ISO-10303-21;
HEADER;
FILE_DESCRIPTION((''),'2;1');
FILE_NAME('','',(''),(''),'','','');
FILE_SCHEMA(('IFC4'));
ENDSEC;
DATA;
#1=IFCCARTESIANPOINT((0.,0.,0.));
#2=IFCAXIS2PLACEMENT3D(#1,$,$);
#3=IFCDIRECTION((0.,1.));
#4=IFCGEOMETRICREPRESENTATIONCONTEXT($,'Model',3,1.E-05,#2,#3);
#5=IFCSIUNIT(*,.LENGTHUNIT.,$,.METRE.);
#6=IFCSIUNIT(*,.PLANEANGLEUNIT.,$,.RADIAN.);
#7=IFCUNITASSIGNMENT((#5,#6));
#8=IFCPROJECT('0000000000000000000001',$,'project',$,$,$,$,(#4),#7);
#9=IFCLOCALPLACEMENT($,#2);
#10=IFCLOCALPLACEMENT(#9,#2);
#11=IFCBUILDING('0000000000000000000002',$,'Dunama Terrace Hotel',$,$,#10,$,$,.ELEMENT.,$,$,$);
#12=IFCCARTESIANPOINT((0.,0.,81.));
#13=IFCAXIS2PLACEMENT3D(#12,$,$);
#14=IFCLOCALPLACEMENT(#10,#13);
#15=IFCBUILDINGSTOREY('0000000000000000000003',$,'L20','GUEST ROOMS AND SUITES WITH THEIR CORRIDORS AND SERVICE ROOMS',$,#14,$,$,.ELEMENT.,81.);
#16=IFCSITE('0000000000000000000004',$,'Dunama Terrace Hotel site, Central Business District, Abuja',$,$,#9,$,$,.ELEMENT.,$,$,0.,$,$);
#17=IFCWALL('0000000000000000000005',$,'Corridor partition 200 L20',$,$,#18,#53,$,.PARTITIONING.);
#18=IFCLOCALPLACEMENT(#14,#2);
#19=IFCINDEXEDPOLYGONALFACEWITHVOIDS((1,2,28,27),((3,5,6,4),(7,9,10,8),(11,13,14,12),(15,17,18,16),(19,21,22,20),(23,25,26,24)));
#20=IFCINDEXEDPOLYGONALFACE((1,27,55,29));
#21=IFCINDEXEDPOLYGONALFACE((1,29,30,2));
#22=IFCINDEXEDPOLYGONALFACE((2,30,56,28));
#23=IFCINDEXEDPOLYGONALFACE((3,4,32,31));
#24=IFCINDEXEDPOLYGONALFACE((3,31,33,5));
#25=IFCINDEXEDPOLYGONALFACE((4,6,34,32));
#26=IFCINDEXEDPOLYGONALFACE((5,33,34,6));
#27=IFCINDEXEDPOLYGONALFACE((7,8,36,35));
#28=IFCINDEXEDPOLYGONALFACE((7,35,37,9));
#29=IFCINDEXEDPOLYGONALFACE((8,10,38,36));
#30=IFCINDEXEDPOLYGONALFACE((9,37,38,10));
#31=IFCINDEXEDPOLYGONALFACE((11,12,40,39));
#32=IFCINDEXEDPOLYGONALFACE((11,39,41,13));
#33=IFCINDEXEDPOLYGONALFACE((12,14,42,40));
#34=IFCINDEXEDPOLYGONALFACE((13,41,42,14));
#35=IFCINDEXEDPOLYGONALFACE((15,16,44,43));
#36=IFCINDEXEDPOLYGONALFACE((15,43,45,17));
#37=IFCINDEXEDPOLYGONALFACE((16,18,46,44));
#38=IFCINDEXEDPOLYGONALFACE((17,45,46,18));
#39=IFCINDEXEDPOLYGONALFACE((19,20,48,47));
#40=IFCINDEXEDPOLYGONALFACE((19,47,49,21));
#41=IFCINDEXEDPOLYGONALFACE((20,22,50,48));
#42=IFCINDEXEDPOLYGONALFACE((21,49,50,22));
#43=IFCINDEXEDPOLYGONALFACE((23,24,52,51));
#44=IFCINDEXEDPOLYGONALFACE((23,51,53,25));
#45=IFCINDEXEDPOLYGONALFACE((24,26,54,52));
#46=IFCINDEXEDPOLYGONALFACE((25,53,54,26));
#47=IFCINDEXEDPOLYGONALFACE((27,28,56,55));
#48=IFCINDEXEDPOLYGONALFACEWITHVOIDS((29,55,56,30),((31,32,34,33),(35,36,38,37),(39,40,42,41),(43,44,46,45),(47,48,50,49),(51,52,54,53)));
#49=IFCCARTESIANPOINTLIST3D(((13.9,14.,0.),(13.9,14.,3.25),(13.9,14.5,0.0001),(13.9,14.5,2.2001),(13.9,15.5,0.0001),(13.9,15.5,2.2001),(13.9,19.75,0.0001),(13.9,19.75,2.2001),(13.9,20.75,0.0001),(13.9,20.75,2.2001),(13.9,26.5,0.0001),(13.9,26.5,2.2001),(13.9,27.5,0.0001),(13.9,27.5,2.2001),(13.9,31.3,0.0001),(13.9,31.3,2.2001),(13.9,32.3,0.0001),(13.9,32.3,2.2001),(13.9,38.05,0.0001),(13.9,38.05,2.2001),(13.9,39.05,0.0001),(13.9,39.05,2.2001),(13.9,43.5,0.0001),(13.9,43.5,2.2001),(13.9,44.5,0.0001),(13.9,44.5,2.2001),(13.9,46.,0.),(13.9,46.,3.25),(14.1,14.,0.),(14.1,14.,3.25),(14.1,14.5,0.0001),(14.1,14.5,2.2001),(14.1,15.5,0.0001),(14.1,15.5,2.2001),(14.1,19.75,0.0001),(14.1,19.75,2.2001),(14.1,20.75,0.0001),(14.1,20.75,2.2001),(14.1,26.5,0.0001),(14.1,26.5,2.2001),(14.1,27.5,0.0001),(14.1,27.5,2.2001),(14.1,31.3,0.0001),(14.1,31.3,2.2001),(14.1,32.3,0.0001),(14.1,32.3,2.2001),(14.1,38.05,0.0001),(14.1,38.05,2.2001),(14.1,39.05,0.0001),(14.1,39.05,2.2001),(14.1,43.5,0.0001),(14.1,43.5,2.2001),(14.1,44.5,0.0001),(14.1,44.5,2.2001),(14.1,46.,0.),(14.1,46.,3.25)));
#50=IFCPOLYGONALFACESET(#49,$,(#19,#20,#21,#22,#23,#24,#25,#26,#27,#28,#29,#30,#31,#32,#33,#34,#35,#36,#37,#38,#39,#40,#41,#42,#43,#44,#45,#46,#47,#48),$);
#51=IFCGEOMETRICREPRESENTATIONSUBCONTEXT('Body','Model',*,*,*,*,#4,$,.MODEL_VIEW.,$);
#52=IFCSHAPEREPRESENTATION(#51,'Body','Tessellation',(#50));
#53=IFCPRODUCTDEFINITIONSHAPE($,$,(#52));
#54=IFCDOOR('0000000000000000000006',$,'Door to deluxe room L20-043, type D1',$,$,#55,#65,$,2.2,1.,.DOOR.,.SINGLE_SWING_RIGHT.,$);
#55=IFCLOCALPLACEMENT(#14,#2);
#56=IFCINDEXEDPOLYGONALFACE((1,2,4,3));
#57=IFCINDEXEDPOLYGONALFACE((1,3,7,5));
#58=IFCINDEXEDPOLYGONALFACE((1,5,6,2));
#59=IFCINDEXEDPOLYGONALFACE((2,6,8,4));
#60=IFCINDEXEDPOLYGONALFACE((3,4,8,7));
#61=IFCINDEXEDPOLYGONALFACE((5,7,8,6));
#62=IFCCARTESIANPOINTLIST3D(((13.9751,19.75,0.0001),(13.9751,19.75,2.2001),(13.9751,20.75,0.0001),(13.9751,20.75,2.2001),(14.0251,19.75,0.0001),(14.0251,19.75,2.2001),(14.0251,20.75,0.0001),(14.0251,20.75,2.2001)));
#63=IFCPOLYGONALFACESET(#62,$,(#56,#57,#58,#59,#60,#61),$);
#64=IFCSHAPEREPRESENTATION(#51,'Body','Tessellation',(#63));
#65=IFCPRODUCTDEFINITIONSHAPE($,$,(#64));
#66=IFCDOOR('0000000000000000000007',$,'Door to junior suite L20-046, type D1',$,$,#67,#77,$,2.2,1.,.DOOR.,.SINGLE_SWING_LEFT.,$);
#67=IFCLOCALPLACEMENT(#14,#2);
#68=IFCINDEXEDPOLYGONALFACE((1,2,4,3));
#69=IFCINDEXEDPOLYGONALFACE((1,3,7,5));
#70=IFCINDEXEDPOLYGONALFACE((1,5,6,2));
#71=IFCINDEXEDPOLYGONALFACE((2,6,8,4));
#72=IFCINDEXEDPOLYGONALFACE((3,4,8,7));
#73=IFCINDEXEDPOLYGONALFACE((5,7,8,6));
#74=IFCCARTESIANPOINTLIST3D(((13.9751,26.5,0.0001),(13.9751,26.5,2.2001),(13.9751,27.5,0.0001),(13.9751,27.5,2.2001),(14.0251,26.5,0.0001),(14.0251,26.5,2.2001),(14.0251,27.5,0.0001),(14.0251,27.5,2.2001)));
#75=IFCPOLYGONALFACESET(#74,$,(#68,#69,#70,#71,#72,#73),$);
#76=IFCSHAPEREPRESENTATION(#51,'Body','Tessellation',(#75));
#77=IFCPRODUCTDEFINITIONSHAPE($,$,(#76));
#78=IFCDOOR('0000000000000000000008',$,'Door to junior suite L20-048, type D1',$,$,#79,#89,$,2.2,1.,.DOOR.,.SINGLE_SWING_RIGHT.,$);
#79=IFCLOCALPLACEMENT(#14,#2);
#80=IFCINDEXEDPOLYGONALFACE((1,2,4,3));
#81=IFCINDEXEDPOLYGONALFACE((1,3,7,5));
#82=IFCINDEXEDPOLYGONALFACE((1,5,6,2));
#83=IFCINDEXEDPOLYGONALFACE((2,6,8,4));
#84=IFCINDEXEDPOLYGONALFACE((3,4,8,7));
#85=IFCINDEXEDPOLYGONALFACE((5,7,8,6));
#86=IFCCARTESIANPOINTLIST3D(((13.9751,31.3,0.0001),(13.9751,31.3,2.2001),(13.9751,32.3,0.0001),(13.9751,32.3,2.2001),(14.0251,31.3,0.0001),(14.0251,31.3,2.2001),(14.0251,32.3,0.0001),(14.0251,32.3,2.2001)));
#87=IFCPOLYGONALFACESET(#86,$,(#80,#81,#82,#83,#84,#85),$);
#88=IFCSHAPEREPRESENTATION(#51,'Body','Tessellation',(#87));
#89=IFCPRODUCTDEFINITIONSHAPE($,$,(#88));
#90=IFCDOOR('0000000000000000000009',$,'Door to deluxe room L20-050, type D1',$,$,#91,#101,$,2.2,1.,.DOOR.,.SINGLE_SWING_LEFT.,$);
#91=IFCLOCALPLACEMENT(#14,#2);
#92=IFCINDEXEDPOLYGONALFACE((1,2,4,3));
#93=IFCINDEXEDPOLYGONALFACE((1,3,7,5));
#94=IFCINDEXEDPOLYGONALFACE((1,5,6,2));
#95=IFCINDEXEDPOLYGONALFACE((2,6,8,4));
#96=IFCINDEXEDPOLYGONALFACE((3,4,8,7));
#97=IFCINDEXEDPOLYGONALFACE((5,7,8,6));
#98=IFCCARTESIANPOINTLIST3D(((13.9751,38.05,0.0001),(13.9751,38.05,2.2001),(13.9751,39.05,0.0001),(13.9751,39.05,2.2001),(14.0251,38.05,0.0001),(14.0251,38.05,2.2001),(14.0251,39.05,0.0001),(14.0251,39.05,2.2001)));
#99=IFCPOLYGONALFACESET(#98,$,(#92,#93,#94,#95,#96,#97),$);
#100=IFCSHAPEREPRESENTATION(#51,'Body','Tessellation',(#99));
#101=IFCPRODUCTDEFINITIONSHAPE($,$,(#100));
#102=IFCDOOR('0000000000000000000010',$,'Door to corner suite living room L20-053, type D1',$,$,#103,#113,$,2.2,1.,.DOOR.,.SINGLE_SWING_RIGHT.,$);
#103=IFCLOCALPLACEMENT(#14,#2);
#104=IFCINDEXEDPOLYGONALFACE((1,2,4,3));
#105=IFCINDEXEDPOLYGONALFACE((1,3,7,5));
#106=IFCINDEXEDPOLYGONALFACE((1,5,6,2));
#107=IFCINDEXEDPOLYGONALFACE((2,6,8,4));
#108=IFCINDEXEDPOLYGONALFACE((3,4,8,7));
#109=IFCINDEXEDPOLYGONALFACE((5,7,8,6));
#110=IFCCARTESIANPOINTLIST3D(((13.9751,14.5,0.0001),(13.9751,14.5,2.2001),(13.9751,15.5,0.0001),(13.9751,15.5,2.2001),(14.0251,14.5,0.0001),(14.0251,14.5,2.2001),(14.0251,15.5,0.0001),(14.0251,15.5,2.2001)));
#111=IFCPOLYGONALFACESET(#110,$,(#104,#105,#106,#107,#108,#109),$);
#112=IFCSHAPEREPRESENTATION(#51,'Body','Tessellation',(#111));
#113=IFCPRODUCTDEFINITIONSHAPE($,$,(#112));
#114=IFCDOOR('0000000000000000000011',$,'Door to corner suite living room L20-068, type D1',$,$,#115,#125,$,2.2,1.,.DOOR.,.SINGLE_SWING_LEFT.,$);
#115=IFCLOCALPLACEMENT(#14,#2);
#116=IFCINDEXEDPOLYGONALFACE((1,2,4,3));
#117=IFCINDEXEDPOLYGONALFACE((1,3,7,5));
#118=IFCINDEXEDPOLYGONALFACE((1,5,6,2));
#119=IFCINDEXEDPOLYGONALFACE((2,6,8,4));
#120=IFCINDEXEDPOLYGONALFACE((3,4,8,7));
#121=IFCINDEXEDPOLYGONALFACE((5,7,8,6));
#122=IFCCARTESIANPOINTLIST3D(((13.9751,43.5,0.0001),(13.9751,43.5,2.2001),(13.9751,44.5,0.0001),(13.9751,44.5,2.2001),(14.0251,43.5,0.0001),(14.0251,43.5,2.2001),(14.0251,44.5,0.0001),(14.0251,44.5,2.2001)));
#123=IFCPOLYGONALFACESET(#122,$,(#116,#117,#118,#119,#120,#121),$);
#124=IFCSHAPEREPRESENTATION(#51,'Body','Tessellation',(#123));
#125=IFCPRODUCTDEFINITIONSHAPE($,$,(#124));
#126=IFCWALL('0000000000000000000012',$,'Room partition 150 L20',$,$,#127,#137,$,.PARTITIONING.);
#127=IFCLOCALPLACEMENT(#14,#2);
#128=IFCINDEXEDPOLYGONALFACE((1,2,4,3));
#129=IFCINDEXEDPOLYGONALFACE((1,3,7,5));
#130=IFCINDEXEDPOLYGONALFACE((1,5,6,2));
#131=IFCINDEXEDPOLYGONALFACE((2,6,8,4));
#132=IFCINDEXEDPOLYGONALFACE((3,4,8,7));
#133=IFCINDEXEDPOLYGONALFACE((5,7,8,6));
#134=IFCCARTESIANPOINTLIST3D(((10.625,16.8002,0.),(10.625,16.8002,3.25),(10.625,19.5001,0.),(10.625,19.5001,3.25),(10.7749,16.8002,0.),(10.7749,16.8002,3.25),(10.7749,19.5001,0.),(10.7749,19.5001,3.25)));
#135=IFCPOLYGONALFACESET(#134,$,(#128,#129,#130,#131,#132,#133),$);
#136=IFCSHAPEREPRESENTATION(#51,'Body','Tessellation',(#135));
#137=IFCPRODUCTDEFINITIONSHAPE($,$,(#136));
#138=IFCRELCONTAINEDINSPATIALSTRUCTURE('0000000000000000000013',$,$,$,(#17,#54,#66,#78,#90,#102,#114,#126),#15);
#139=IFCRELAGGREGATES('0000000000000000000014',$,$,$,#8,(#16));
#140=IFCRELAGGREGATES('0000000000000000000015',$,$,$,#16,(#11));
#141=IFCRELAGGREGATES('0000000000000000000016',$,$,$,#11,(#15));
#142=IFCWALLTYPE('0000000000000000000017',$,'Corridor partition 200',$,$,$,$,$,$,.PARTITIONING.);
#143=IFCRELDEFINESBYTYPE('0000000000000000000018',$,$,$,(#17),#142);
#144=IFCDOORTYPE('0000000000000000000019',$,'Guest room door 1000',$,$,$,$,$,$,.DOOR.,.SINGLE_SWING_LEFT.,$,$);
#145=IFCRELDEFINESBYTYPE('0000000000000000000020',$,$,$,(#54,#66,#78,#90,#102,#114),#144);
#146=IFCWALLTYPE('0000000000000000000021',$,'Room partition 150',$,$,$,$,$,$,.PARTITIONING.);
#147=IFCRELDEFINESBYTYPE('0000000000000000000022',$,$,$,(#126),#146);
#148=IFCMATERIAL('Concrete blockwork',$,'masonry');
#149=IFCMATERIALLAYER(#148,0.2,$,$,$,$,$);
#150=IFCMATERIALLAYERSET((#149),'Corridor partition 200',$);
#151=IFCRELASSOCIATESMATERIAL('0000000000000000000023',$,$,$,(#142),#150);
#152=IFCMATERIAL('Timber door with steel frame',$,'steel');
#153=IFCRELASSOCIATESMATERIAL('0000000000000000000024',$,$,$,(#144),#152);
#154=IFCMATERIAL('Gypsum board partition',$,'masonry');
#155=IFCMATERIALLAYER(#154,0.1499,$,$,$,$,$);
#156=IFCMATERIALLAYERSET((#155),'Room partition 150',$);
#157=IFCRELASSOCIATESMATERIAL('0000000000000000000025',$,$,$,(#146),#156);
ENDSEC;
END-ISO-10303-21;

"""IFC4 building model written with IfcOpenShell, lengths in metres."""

from ifc_helpers import new_model, si_unit, direction, frame, frame_2d, origin, place, context, subcontext, project, spatial, rectangle, extrude, material, layer, layer_set, type_object, element, fill, save


model = new_model("IFC4")

# Units and contexts
model_context = context("Model", 3, precision=1e-05, world=origin(), true_north=direction((0.0, 1.0)))
body_context = subcontext(model_context, "Body", "Model", "MODEL_VIEW")
ifc_project = project(units=[si_unit("LENGTHUNIT", "METRE"), si_unit("PLANEANGLEUNIT", "RADIAN")], contexts=[model_context])

# Site, building, storey
site_placement = place(None, origin())
site = spatial("IfcSite", under=ifc_project, at=site_placement, Name="Dunama Terrace Hotel site, Central Business District, Abuja", CompositionType="ELEMENT", RefElevation=0.0)
building_placement = place(site_placement, origin())
building = spatial("IfcBuilding", under=site, at=building_placement, Name="Dunama Terrace Hotel", CompositionType="ELEMENT")
storey_placement = place(building_placement, frame((0.0, 0.0, 81.0)))
storey = spatial("IfcBuildingStorey", under=building, at=storey_placement, Name="L20", Description="GUEST ROOMS AND SUITES WITH THEIR CORRIDORS AND SERVICE ROOMS", CompositionType="ELEMENT", Elevation=81.0)

# Wall, openings, doors
ifc_material_1 = material(Name="Concrete blockwork", Category="masonry")
ifc_layer_1 = layer(ifc_material_1, 0.2)
ifc_layer_set_1 = layer_set([ifc_layer_1], Name="Corridor partition 200")
wall_type_1 = type_object("IfcWallType", Name="Corridor partition 200", PredefinedType="PARTITIONING", material=ifc_layer_set_1)
wall_1_placement = place(storey_placement, frame((14.0, 14.0, 0.0), z_axis=(0.0, 0.0, 1.0), x_axis=(0.0, 1.0, 0.0)))
wall_1 = element("IfcWall", 1, at=wall_1_placement, inside=storey, type_object=wall_type_1, Name="Corridor partition 200 L20", PredefinedType="PARTITIONING", context=body_context, shape_type="SweptSolid", body=[
    extrude(rectangle(XDim=32.0, YDim=0.2, at=frame_2d((16.0, 0.0))), origin(), (0.0, 0.0, 1.0), 3.25),
])
opening_1_placement = place(wall_1_placement, frame((5.75, 0.0, 0.0)))
opening_1 = element("IfcOpeningElement", 2, at=opening_1_placement, cuts=wall_1, PredefinedType="OPENING", context=body_context, shape_type="SweptSolid", body=[
    extrude(rectangle(XDim=1.0, YDim=2.2, at=frame_2d((0.5, 1.1001))), frame((0.0, 0.1099, 0.0), z_axis=(0.0, -1.0, 0.0), x_axis=(1.0, 0.0, 0.0)), (0.0, 0.0, 1.0), 0.22),
])
opening_2_placement = place(wall_1_placement, frame((12.5, 0.0, 0.0)))
opening_2 = element("IfcOpeningElement", 3, at=opening_2_placement, cuts=wall_1, PredefinedType="OPENING", context=body_context, shape_type="SweptSolid", body=[
    extrude(rectangle(XDim=1.0, YDim=2.2, at=frame_2d((0.5, 1.1001))), frame((0.0, 0.1099, 0.0), z_axis=(0.0, -1.0, 0.0), x_axis=(1.0, 0.0, 0.0)), (0.0, 0.0, 1.0), 0.22),
])
opening_3_placement = place(wall_1_placement, frame((17.3, 0.0, 0.0)))
opening_3 = element("IfcOpeningElement", 4, at=opening_3_placement, cuts=wall_1, PredefinedType="OPENING", context=body_context, shape_type="SweptSolid", body=[
    extrude(rectangle(XDim=1.0, YDim=2.2, at=frame_2d((0.5, 1.1001))), frame((0.0, 0.1099, 0.0), z_axis=(0.0, -1.0, 0.0), x_axis=(1.0, 0.0, 0.0)), (0.0, 0.0, 1.0), 0.22),
])
opening_4_placement = place(wall_1_placement, frame((24.05, 0.0, 0.0)))
opening_4 = element("IfcOpeningElement", 5, at=opening_4_placement, cuts=wall_1, PredefinedType="OPENING", context=body_context, shape_type="SweptSolid", body=[
    extrude(rectangle(XDim=1.0, YDim=2.2, at=frame_2d((0.5, 1.1001))), frame((0.0, 0.1099, 0.0), z_axis=(0.0, -1.0, 0.0), x_axis=(1.0, 0.0, 0.0)), (0.0, 0.0, 1.0), 0.22),
])
opening_5_placement = place(wall_1_placement, frame((0.5, 0.0, 0.0)))
opening_5 = element("IfcOpeningElement", 6, at=opening_5_placement, cuts=wall_1, PredefinedType="OPENING", context=body_context, shape_type="SweptSolid", body=[
    extrude(rectangle(XDim=1.0, YDim=2.2, at=frame_2d((0.5, 1.1001))), frame((0.0, 0.1099, 0.0), z_axis=(0.0, -1.0, 0.0), x_axis=(1.0, 0.0, 0.0)), (0.0, 0.0, 1.0), 0.22),
])
opening_6_placement = place(wall_1_placement, frame((29.5, 0.0, 0.0)))
opening_6 = element("IfcOpeningElement", 7, at=opening_6_placement, cuts=wall_1, PredefinedType="OPENING", context=body_context, shape_type="SweptSolid", body=[
    extrude(rectangle(XDim=1.0, YDim=2.2, at=frame_2d((0.5, 1.1001))), frame((0.0, 0.1099, 0.0), z_axis=(0.0, -1.0, 0.0), x_axis=(1.0, 0.0, 0.0)), (0.0, 0.0, 1.0), 0.22),
])
ifc_material_2 = material(Name="Timber door with steel frame", Category="steel")
door_type_1 = type_object("IfcDoorType", Name="Guest room door 1000", OperationType="SINGLE_SWING_LEFT", PredefinedType="DOOR", material=ifc_material_2)
door_1_placement = place(opening_1_placement, origin())
door_1 = element("IfcDoor", 8, at=door_1_placement, inside=storey, type_object=door_type_1, Name="Door to deluxe room L20-043, type D1", OperationType="SINGLE_SWING_RIGHT", OverallHeight=2.2, OverallWidth=1.0, PredefinedType="DOOR", context=body_context, shape_type="SweptSolid", body=[
    extrude(rectangle(XDim=1.0, YDim=2.2, at=frame_2d((0.5, 1.1001))), frame((0.0, 0.0249, 0.0), z_axis=(0.0, -1.0, 0.0), x_axis=(1.0, 0.0, 0.0)), (0.0, 0.0, 1.0), 0.05),
])
fill(opening_1, door_1)
door_2_placement = place(opening_2_placement, origin())
door_2 = element("IfcDoor", 9, at=door_2_placement, inside=storey, type_object=door_type_1, Name="Door to junior suite L20-046, type D1", OperationType="SINGLE_SWING_LEFT", OverallHeight=2.2, OverallWidth=1.0, PredefinedType="DOOR", context=body_context, shape_type="SweptSolid", body=[
    extrude(rectangle(XDim=1.0, YDim=2.2, at=frame_2d((0.5, 1.1001))), frame((0.0, 0.0249, 0.0), z_axis=(0.0, -1.0, 0.0), x_axis=(1.0, 0.0, 0.0)), (0.0, 0.0, 1.0), 0.05),
])
fill(opening_2, door_2)
door_3_placement = place(opening_3_placement, origin())
door_3 = element("IfcDoor", 10, at=door_3_placement, inside=storey, type_object=door_type_1, Name="Door to junior suite L20-048, type D1", OperationType="SINGLE_SWING_RIGHT", OverallHeight=2.2, OverallWidth=1.0, PredefinedType="DOOR", context=body_context, shape_type="SweptSolid", body=[
    extrude(rectangle(XDim=1.0, YDim=2.2, at=frame_2d((0.5, 1.1001))), frame((0.0, 0.0249, 0.0), z_axis=(0.0, -1.0, 0.0), x_axis=(1.0, 0.0, 0.0)), (0.0, 0.0, 1.0), 0.05),
])
fill(opening_3, door_3)
door_4_placement = place(opening_4_placement, origin())
door_4 = element("IfcDoor", 11, at=door_4_placement, inside=storey, type_object=door_type_1, Name="Door to deluxe room L20-050, type D1", OperationType="SINGLE_SWING_LEFT", OverallHeight=2.2, OverallWidth=1.0, PredefinedType="DOOR", context=body_context, shape_type="SweptSolid", body=[
    extrude(rectangle(XDim=1.0, YDim=2.2, at=frame_2d((0.5, 1.1001))), frame((0.0, 0.0249, 0.0), z_axis=(0.0, -1.0, 0.0), x_axis=(1.0, 0.0, 0.0)), (0.0, 0.0, 1.0), 0.05),
])
fill(opening_4, door_4)
door_5_placement = place(opening_5_placement, origin())
door_5 = element("IfcDoor", 12, at=door_5_placement, inside=storey, type_object=door_type_1, Name="Door to corner suite living room L20-053, type D1", OperationType="SINGLE_SWING_RIGHT", OverallHeight=2.2, OverallWidth=1.0, PredefinedType="DOOR", context=body_context, shape_type="SweptSolid", body=[
    extrude(rectangle(XDim=1.0, YDim=2.2, at=frame_2d((0.5, 1.1001))), frame((0.0, 0.0249, 0.0), z_axis=(0.0, -1.0, 0.0), x_axis=(1.0, 0.0, 0.0)), (0.0, 0.0, 1.0), 0.05),
])
fill(opening_5, door_5)
door_6_placement = place(opening_6_placement, origin())
door_6 = element("IfcDoor", 13, at=door_6_placement, inside=storey, type_object=door_type_1, Name="Door to corner suite living room L20-068, type D1", OperationType="SINGLE_SWING_LEFT", OverallHeight=2.2, OverallWidth=1.0, PredefinedType="DOOR", context=body_context, shape_type="SweptSolid", body=[
    extrude(rectangle(XDim=1.0, YDim=2.2, at=frame_2d((0.5, 1.1001))), frame((0.0, 0.0249, 0.0), z_axis=(0.0, -1.0, 0.0), x_axis=(1.0, 0.0, 0.0)), (0.0, 0.0, 1.0), 0.05),
])
fill(opening_6, door_6)

# Wall
ifc_material_3 = material(Name="Gypsum board partition", Category="masonry")
ifc_layer_2 = layer(ifc_material_3, 0.1499)
ifc_layer_set_2 = layer_set([ifc_layer_2], Name="Room partition 150")
wall_type_2 = type_object("IfcWallType", Name="Room partition 150", PredefinedType="PARTITIONING", material=ifc_layer_set_2)
wall_2_placement = place(storey_placement, frame((10.7, 16.8, 0.0), z_axis=(0.0, 0.0, 1.0), x_axis=(0.0, 1.0, 0.0)))
element("IfcWall", 14, at=wall_2_placement, inside=storey, type_object=wall_type_2, Name="Room partition 150 L20", PredefinedType="PARTITIONING", context=body_context, shape_type="SweptSolid", body=[
    extrude(rectangle(XDim=2.7, YDim=0.1499, at=frame_2d((1.3501, 0.0))), origin(), (0.0, 0.0, 1.0), 3.25),
])

save(model, "model.ifc")
